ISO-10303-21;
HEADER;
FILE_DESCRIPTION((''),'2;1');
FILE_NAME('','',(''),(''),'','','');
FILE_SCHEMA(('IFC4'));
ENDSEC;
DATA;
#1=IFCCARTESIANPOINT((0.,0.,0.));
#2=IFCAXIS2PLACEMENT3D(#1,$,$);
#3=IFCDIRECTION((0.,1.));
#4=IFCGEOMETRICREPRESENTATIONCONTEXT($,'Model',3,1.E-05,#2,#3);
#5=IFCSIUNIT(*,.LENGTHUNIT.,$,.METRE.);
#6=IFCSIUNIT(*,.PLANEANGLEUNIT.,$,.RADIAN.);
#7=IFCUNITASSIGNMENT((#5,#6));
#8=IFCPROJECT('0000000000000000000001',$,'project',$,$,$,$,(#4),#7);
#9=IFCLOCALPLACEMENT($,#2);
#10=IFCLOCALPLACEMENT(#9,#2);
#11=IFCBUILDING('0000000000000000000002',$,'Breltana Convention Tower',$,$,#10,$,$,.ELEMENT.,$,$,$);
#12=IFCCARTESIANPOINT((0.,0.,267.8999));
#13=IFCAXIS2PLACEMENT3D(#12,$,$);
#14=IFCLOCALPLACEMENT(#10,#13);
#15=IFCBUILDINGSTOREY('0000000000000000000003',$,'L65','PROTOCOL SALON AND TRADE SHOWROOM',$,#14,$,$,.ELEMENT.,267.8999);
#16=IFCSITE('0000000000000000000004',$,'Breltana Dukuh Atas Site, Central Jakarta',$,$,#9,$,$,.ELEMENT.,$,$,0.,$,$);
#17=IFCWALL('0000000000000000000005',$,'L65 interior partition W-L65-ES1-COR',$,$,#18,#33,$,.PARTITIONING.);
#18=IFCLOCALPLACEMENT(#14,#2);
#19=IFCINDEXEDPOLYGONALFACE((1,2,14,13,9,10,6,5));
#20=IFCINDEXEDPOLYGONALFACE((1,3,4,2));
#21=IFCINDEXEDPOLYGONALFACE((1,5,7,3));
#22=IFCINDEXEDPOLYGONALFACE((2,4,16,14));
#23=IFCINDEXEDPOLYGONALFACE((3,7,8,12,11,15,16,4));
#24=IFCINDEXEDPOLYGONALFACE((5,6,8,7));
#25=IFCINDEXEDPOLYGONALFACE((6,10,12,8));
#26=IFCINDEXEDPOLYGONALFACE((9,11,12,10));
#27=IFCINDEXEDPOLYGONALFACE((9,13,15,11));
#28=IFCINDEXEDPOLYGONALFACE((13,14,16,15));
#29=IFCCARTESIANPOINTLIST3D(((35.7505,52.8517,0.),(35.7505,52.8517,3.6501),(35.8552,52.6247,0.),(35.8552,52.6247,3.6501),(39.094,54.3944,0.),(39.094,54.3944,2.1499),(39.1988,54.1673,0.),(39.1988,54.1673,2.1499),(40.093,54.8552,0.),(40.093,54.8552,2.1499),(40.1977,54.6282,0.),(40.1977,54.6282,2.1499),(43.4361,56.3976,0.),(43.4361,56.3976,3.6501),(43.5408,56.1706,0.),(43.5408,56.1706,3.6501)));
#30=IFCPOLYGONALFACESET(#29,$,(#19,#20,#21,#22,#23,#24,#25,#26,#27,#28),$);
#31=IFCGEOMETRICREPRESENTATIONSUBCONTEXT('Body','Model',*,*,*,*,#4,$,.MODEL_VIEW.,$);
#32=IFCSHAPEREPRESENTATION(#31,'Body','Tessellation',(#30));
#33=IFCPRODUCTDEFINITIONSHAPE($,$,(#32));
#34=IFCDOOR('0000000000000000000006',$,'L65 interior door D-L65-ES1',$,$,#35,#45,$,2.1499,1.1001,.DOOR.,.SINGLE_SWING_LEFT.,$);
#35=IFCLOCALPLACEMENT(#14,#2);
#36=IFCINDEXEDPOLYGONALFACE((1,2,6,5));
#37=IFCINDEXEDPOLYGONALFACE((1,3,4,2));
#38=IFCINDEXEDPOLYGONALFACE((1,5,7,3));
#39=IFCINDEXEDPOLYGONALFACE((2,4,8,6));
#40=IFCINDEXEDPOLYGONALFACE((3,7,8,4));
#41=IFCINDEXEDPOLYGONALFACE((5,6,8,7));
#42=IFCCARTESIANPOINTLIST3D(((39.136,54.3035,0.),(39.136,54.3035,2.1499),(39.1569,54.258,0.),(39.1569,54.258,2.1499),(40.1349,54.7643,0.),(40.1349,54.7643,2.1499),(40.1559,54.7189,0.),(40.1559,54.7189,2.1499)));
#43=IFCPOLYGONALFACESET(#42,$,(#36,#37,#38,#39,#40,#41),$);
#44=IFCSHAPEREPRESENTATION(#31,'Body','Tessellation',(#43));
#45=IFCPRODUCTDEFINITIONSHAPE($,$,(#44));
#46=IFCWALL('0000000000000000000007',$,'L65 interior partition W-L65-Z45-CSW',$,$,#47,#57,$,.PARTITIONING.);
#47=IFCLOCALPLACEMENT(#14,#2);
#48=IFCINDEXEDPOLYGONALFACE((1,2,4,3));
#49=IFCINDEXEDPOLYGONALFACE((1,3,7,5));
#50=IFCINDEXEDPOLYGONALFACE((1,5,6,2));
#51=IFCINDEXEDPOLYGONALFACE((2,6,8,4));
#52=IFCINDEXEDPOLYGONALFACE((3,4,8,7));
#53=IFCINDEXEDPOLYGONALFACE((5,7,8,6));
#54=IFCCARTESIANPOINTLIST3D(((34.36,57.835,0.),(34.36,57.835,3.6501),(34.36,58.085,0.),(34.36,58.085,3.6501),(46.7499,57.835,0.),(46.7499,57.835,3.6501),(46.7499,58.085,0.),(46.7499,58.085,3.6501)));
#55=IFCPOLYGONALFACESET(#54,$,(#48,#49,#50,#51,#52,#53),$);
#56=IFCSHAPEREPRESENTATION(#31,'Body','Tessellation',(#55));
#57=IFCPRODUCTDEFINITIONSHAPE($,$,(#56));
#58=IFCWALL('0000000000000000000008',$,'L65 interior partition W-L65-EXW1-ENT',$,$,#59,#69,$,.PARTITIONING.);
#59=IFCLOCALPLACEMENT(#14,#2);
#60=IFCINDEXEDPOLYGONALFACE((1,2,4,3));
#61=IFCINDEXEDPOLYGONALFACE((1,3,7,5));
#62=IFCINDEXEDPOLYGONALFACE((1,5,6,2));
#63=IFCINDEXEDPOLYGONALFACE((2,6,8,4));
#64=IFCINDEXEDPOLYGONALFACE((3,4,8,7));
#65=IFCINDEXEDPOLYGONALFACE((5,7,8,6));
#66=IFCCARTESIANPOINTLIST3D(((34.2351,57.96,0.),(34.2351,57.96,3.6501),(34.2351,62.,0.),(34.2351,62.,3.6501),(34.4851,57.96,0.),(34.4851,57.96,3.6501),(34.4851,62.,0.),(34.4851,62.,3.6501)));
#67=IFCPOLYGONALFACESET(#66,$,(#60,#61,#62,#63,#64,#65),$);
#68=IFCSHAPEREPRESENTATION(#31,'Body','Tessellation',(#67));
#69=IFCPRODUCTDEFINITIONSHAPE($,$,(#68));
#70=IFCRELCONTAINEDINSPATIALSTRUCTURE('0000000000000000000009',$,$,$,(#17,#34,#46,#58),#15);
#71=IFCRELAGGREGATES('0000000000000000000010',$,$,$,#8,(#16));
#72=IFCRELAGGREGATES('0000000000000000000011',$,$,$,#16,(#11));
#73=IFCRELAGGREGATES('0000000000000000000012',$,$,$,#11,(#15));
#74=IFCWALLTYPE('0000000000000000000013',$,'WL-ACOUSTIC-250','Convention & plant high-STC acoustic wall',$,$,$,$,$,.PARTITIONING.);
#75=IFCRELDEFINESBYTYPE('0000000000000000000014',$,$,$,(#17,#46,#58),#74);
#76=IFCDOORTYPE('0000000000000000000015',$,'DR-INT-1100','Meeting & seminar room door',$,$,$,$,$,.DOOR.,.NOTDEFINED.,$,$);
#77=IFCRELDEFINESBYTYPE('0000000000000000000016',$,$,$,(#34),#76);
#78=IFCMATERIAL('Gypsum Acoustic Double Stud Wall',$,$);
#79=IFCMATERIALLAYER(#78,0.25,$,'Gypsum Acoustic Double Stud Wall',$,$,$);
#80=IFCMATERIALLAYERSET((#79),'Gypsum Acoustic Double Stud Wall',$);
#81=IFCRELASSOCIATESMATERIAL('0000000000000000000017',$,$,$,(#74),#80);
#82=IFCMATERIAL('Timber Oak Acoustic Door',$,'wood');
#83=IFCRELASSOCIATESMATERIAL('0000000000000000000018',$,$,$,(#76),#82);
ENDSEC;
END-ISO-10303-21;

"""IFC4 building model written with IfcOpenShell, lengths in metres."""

from ifc_helpers import new_model, si_unit, direction, frame, frame_2d, origin, place, context, subcontext, project, spatial, rectangle, extrude, source, transform, mapped, material, layer, layer_set, type_object, type_shapes, element, fill, save


model = new_model("IFC4")

# Units and contexts
model_context = context("Model", 3, precision=1e-05, world=origin(), true_north=direction((0.0, 1.0)))
body_context = subcontext(model_context, "Body", "Model", "MODEL_VIEW")
ifc_project = project(units=[si_unit("LENGTHUNIT", "METRE"), si_unit("PLANEANGLEUNIT", "RADIAN")], contexts=[model_context])

# Site, building, storey
site_placement = place(None, origin())
site = spatial("IfcSite", under=ifc_project, at=site_placement, Name="Breltana Dukuh Atas Site, Central Jakarta", CompositionType="ELEMENT", RefElevation=0.0)
building_placement = place(site_placement, origin())
building = spatial("IfcBuilding", under=site, at=building_placement, Name="Breltana Convention Tower", CompositionType="ELEMENT")
storey_placement = place(building_placement, frame((0.0, 0.0, 267.8999)))
storey = spatial("IfcBuildingStorey", under=building, at=storey_placement, Name="L65", Description="PROTOCOL SALON AND TRADE SHOWROOM", CompositionType="ELEMENT", Elevation=267.8999)

# Wall, opening, door
ifc_material_1 = material(Name="Gypsum Acoustic Double Stud Wall")
ifc_layer_1 = layer(ifc_material_1, 0.25, Name="Gypsum Acoustic Double Stud Wall")
ifc_layer_set_1 = layer_set([ifc_layer_1], Name="Gypsum Acoustic Double Stud Wall")
wall_type_1 = type_object("IfcWallType", Name="WL-ACOUSTIC-250", Description="Convention & plant high-STC acoustic wall", PredefinedType="PARTITIONING", material=ifc_layer_set_1)
shared_shape_1 = source(origin(), body_context, "Body", "SweptSolid", [
    extrude(rectangle(XDim=8.4641, YDim=0.25, at=frame_2d((4.2319, 0.0))), origin(), (0.0, 0.0, 1.0), 3.6501),
])
wall_1_placement = place(storey_placement, frame((35.803, 52.7383, 0.0), z_axis=(0.0, 0.0, 1.0), x_axis=(0.908017, 0.418934, 0.0)))
wall_1 = element("IfcWall", 1, at=wall_1_placement, inside=storey, type_object=wall_type_1, Name="L65 interior partition W-L65-ES1-COR", PredefinedType="PARTITIONING", context=body_context, shape_type="MappedRepresentation", body=[
    mapped(shared_shape_1, transform((0.0, 0.0, 0.0), scale=1.0)),
])
opening_1_placement = place(wall_1_placement, frame((3.6821, 0.0, 0.0)))
opening_1 = element("IfcOpeningElement", 2, at=opening_1_placement, cuts=wall_1, PredefinedType="OPENING", context=body_context, shape_type="SweptSolid", body=[
    extrude(rectangle(XDim=1.1001, YDim=2.1499, at=frame_2d((0.55, 1.075))), frame((0.0, 0.135, 0.0), z_axis=(0.0, -1.0, 0.0), x_axis=(1.0, 0.0, 0.0)), (0.0, 0.0, 1.0), 0.27),
])
ifc_material_2 = material(Name="Timber Oak Acoustic Door", Category="wood")
door_type = type_object("IfcDoorType", Name="DR-INT-1100", Description="Meeting & seminar room door", OperationType="NOTDEFINED", PredefinedType="DOOR", material=ifc_material_2)
shared_shape_2 = source(origin(), body_context, "Body", "SweptSolid", [
    extrude(rectangle(XDim=1.1001, YDim=2.1499, at=frame_2d((0.55, 1.075))), frame((0.0, 0.0249, 0.0), z_axis=(0.0, -1.0, 0.0), x_axis=(1.0, 0.0, 0.0)), (0.0, 0.0, 1.0), 0.05),
])
type_shapes(door_type, [shared_shape_2])
door_placement = place(opening_1_placement, origin())
door = element("IfcDoor", 3, at=door_placement, inside=storey, type_object=door_type, Name="L65 interior door D-L65-ES1", OperationType="SINGLE_SWING_LEFT", OverallHeight=2.1499, OverallWidth=1.1001, PredefinedType="DOOR", context=body_context, shape_type="MappedRepresentation", body=[
    mapped(shared_shape_2, transform((0.0, 0.0, 0.0), scale=1.0)),
])
fill(opening_1, door)

# Walls
shared_shape_3 = source(origin(), body_context, "Body", "SweptSolid", [
    extrude(rectangle(XDim=12.3899, YDim=0.25, at=frame_2d((6.1948, 0.0))), origin(), (0.0, 0.0, 1.0), 3.6501),
])
wall_2_placement = place(storey_placement, frame((34.3601, 57.96, 0.0), z_axis=(0.0, 0.0, 1.0), x_axis=(1.0, 0.0, 0.0)))
element("IfcWall", 4, at=wall_2_placement, inside=storey, type_object=wall_type_1, Name="L65 interior partition W-L65-Z45-CSW", PredefinedType="PARTITIONING", context=body_context, shape_type="MappedRepresentation", body=[
    mapped(shared_shape_3, transform((0.0, 0.0, 0.0), scale=1.0)),
])
shared_shape_4 = source(origin(), body_context, "Body", "SweptSolid", [
    extrude(rectangle(XDim=4.04, YDim=0.25, at=frame_2d((2.02, 0.0))), origin(), (0.0, 0.0, 1.0), 3.6501),
])
wall_3_placement = place(storey_placement, frame((34.3601, 57.96, 0.0), z_axis=(0.0, 0.0, 1.0), x_axis=(0.0, 1.0, 0.0)))
element("IfcWall", 5, at=wall_3_placement, inside=storey, type_object=wall_type_1, Name="L65 interior partition W-L65-EXW1-ENT", PredefinedType="PARTITIONING", context=body_context, shape_type="MappedRepresentation", body=[
    mapped(shared_shape_4, transform((0.0, 0.0, 0.0), scale=1.0)),
])

save(model, "model.ifc")
